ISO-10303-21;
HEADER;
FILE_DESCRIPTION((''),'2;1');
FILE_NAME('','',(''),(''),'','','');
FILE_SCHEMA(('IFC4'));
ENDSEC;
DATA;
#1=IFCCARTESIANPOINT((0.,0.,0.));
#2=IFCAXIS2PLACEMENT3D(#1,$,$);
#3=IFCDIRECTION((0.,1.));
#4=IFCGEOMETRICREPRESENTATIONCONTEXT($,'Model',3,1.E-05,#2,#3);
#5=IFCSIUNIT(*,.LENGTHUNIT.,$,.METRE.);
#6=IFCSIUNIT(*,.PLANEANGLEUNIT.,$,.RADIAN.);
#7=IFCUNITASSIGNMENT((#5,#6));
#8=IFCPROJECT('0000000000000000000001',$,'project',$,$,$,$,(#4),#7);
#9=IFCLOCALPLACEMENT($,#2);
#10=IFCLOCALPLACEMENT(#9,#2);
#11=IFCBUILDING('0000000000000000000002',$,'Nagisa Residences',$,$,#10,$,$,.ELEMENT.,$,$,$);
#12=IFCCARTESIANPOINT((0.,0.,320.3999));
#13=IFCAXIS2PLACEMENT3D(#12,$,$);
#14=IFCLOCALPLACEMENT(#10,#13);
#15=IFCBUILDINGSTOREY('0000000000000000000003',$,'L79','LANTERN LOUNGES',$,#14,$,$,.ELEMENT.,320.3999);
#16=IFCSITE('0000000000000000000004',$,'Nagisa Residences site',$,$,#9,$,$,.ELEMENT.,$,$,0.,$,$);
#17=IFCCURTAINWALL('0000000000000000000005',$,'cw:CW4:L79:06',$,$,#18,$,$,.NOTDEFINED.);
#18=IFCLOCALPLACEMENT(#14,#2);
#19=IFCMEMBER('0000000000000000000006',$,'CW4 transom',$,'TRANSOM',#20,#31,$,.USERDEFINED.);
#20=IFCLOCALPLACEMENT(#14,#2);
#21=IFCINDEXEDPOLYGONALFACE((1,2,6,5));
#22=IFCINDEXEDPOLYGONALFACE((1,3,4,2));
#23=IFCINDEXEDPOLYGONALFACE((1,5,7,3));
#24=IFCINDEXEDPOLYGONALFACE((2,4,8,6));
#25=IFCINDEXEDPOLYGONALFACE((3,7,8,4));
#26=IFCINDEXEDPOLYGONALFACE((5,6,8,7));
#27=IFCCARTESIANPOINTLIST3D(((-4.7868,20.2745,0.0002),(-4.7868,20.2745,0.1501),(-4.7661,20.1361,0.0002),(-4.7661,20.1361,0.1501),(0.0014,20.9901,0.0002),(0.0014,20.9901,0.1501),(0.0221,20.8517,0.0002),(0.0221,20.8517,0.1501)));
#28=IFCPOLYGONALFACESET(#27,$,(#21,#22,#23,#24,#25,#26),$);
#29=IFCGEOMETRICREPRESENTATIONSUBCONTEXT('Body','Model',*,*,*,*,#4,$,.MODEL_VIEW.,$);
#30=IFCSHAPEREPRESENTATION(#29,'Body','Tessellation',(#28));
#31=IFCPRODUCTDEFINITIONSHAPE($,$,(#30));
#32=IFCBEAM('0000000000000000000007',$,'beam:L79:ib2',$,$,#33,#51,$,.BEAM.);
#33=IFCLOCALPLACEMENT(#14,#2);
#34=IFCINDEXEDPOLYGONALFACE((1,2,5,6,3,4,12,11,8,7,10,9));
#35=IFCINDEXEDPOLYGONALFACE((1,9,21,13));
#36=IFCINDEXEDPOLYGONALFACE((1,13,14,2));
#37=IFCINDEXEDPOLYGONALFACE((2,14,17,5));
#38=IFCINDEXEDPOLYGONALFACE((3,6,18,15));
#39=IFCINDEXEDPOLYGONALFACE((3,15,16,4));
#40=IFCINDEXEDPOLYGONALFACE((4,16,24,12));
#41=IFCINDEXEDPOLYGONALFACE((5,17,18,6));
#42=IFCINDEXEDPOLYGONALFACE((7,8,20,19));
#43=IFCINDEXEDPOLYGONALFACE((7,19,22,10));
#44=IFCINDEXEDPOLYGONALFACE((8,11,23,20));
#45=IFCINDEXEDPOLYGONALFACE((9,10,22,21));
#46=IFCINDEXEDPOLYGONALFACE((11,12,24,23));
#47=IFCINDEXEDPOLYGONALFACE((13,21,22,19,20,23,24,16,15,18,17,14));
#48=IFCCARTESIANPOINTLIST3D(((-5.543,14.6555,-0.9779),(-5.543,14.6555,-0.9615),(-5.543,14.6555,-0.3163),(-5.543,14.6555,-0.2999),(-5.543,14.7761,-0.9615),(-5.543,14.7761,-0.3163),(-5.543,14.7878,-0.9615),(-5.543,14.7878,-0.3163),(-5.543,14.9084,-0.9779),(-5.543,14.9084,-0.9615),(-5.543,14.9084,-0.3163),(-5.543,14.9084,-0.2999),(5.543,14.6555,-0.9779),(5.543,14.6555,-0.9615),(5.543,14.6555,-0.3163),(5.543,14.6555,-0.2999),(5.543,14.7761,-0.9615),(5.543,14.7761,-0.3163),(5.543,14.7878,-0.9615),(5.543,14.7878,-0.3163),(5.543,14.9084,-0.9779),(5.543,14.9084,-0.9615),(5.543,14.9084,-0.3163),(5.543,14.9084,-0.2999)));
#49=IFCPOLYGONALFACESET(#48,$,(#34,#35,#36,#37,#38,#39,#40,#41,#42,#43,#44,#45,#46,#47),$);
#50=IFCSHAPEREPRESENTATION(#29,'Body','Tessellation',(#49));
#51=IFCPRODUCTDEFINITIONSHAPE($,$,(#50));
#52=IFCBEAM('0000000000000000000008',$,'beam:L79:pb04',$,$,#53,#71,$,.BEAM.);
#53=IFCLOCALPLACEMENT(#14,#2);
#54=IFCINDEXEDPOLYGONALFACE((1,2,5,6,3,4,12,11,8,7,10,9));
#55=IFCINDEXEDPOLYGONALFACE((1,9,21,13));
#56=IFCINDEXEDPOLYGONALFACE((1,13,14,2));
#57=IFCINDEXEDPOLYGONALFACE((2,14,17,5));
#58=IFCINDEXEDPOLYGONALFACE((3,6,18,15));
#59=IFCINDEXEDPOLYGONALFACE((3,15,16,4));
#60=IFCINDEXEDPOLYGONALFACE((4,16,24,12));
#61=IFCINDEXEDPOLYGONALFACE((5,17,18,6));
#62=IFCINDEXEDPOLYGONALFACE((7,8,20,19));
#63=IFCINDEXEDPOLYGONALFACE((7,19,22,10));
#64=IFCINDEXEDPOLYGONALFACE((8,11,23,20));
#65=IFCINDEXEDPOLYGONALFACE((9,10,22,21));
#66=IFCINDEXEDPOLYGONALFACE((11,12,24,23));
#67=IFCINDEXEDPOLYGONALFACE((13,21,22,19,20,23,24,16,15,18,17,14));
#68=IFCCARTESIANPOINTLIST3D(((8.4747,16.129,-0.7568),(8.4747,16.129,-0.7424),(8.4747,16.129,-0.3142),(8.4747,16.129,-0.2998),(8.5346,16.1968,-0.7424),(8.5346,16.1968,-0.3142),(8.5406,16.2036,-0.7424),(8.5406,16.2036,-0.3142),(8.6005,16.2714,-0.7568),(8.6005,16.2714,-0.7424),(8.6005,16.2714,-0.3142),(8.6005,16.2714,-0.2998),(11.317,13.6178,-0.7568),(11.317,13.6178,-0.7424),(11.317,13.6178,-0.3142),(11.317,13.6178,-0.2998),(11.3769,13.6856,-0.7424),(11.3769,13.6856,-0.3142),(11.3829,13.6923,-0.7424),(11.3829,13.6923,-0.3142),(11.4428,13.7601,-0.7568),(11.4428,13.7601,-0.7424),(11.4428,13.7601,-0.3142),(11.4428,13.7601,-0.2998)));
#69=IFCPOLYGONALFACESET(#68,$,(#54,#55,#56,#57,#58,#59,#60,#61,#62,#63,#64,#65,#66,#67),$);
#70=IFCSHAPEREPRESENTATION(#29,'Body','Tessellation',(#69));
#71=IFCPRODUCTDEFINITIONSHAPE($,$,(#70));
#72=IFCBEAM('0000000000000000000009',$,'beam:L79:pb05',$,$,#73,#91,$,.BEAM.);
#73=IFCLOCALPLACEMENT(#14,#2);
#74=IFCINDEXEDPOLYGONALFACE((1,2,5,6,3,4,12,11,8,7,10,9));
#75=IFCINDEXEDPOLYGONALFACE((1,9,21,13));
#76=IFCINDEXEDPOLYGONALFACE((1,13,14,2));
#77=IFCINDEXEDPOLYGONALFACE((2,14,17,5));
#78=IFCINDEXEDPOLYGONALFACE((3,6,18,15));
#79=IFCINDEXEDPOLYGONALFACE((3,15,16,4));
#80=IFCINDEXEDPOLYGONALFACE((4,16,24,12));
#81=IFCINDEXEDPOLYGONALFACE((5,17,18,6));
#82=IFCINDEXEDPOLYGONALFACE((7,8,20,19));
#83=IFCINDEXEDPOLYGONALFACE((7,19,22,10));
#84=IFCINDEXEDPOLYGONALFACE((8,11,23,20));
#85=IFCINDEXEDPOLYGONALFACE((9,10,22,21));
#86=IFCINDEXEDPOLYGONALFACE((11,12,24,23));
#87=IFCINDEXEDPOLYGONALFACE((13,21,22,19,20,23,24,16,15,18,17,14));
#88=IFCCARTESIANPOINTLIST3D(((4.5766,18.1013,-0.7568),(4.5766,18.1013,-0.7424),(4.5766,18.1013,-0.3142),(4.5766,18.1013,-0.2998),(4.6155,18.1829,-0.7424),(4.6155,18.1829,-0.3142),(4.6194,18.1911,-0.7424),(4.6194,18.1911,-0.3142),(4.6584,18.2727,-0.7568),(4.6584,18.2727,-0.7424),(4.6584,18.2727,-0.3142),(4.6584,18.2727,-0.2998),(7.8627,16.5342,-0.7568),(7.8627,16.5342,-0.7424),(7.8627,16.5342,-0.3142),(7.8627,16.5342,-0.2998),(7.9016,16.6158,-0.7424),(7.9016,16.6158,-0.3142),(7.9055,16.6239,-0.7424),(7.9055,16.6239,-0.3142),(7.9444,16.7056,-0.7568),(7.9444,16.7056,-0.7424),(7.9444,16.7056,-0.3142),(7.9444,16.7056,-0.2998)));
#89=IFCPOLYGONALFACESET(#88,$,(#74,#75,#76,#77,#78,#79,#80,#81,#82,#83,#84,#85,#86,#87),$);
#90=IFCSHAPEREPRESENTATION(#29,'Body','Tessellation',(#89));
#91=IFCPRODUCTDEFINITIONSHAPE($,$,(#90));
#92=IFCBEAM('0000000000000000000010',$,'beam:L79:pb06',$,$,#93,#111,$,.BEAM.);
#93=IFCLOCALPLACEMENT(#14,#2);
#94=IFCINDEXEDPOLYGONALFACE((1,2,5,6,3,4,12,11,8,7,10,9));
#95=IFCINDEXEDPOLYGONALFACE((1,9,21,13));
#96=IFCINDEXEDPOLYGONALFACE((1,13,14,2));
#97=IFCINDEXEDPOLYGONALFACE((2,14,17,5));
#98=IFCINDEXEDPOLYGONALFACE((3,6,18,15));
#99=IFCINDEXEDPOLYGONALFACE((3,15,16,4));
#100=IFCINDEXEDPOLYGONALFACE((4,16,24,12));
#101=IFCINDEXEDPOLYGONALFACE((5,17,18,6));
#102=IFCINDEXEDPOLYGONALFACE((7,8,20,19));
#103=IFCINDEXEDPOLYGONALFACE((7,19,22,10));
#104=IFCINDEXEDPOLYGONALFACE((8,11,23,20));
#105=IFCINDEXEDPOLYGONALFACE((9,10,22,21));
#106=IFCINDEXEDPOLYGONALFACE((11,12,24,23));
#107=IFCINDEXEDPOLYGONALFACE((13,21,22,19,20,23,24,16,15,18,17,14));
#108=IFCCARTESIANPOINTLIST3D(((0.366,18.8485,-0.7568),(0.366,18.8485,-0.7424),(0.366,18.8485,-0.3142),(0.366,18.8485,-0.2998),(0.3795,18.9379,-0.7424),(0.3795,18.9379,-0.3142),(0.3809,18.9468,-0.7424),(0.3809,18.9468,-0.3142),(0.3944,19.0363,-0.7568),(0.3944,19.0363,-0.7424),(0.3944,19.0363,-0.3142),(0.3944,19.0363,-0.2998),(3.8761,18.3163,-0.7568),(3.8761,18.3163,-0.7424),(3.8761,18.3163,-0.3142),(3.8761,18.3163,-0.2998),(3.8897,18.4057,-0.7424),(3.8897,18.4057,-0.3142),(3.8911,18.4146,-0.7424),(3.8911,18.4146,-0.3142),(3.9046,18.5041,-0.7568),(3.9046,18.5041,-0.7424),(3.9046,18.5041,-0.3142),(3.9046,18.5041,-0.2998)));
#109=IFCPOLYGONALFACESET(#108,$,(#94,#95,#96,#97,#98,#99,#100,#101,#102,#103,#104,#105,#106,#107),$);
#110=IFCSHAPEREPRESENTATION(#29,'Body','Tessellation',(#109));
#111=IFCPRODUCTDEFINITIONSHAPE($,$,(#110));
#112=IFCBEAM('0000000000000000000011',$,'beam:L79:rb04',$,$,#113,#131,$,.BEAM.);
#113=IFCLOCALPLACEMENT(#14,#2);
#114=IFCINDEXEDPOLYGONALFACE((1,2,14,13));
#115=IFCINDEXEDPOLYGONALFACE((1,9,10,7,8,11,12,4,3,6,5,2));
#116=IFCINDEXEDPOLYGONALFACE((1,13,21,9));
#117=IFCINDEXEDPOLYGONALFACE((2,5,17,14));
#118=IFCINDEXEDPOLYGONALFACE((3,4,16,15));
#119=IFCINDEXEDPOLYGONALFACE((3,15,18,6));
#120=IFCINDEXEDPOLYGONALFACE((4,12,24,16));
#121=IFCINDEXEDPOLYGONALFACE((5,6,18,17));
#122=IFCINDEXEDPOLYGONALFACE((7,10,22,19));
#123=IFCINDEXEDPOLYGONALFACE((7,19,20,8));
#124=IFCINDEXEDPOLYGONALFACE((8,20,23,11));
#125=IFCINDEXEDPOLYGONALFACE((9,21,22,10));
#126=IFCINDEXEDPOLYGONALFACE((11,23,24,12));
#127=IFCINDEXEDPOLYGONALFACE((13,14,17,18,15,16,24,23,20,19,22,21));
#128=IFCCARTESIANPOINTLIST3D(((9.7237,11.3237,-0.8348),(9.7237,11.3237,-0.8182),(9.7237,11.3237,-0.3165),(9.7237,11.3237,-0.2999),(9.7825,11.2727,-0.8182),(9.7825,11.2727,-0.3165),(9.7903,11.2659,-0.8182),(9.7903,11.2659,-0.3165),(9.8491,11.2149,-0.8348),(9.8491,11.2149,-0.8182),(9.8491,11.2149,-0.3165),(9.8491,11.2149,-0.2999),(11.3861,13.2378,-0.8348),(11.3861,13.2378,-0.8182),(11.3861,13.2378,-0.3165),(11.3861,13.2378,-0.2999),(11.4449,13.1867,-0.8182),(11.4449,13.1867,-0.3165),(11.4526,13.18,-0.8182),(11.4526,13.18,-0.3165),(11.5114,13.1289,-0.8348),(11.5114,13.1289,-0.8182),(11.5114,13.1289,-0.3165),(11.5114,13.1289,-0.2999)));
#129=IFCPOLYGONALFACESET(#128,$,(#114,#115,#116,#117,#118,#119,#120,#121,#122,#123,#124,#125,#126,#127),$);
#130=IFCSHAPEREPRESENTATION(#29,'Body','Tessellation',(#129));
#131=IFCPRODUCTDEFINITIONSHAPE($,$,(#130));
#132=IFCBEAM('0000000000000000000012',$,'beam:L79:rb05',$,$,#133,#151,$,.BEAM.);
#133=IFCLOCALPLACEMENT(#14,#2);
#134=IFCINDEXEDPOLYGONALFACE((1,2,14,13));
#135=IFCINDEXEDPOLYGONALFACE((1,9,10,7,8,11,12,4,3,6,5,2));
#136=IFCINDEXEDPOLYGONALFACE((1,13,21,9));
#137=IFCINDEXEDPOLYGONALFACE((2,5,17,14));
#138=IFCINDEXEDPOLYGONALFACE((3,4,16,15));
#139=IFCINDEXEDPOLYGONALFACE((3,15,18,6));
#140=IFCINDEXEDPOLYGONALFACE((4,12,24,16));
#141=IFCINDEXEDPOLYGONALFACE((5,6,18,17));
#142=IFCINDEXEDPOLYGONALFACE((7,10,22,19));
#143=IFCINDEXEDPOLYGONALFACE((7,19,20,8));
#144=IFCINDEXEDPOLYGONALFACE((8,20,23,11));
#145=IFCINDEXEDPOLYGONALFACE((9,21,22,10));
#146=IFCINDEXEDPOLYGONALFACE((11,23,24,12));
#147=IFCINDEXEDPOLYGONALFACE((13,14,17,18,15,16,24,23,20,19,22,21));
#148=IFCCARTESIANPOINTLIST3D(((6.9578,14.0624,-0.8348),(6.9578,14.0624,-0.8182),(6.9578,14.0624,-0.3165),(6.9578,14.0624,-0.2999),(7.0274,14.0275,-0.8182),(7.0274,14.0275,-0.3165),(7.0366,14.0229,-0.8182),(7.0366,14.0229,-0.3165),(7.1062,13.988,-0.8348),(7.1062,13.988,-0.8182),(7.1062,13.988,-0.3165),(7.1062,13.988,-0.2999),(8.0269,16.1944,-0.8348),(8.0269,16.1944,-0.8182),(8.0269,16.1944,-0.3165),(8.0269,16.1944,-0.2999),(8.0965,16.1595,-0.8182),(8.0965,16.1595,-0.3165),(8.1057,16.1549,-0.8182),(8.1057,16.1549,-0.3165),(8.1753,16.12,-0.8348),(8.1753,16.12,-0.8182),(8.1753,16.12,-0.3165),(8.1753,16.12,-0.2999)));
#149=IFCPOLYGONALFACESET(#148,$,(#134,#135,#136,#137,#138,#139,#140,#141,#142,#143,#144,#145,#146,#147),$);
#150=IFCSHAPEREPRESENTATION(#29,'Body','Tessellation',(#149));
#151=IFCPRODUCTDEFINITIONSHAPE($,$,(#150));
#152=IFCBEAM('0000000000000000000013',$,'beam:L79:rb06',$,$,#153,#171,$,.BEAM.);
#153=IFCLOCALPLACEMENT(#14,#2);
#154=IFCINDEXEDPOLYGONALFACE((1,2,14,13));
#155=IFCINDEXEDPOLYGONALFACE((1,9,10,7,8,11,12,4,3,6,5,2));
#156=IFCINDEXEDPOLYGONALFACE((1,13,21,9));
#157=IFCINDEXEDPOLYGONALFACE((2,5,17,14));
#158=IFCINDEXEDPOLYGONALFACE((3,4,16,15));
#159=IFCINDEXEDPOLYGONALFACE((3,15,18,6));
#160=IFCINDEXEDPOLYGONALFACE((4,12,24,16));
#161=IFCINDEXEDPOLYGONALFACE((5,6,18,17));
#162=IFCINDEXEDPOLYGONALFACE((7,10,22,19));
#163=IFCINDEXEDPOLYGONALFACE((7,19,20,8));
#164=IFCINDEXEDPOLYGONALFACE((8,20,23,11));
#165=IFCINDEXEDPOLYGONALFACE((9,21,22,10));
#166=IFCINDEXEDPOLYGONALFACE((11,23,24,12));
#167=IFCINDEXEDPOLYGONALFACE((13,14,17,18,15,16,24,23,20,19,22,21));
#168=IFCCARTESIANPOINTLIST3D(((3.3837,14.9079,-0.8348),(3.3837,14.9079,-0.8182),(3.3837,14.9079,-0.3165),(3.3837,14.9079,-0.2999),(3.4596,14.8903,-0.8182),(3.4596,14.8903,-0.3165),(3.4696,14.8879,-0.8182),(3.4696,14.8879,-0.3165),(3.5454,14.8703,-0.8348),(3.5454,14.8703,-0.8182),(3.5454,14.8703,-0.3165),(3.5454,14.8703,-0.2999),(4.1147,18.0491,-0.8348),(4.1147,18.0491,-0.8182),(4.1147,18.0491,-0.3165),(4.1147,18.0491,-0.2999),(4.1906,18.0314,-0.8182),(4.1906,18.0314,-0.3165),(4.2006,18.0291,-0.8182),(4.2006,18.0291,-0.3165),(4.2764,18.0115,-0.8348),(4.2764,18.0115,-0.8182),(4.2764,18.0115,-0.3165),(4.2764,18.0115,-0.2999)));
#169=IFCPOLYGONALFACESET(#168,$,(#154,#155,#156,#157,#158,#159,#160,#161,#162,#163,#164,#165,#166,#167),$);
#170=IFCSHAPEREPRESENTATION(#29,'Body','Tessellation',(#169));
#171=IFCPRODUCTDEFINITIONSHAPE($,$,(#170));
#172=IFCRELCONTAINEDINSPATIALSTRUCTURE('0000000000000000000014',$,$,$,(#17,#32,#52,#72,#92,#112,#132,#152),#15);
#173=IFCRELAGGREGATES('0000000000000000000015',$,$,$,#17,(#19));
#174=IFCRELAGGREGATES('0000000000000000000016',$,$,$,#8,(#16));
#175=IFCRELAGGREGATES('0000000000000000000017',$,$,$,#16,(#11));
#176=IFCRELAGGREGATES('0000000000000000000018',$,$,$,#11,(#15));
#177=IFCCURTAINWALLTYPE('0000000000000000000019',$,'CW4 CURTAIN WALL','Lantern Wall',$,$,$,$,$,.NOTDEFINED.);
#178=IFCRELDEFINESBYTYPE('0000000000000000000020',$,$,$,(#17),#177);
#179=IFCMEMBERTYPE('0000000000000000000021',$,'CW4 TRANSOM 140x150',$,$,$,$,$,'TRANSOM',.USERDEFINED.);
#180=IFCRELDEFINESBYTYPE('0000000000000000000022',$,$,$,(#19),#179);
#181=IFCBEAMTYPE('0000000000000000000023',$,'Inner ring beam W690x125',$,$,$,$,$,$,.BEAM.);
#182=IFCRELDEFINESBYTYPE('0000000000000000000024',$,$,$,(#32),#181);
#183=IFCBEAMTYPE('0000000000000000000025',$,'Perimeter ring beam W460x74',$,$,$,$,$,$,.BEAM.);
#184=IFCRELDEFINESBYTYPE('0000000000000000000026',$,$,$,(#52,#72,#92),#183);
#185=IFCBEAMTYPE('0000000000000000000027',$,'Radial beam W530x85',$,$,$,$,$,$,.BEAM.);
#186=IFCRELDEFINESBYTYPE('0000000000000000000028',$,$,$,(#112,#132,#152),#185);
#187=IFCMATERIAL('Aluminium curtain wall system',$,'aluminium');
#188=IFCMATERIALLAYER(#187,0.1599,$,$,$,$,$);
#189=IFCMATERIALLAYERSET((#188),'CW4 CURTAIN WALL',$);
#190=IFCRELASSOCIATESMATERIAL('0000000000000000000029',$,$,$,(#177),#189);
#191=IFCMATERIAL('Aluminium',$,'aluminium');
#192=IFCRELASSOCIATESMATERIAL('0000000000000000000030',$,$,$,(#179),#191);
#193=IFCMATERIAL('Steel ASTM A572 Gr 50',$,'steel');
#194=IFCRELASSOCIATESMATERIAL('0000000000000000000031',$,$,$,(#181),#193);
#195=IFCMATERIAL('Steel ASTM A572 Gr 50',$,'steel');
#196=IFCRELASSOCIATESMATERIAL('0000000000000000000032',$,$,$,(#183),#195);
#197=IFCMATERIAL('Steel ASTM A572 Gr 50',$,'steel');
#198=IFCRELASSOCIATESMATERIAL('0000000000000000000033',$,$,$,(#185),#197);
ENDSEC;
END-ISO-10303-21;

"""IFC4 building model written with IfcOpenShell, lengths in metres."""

from ifc_helpers import new_model, si_unit, direction, frame, origin, origin_2d, place, context, subcontext, project, spatial, rectangle, i_section, extrude, material, layer, layer_set, material_profile, profile_set, type_object, element, aggregate, save


model = new_model("IFC4")

# Units and contexts
model_context = context("Model", 3, precision=1e-05, world=origin(), true_north=direction((0.0, 1.0)))
body_context = subcontext(model_context, "Body", "Model", "MODEL_VIEW")
ifc_project = project(units=[si_unit("LENGTHUNIT", "METRE"), si_unit("PLANEANGLEUNIT", "RADIAN")], contexts=[model_context])

# Site, building, storey
site_placement = place(None, origin())
site = spatial("IfcSite", under=ifc_project, at=site_placement, Name="Nagisa Residences site", CompositionType="ELEMENT", RefElevation=0.0)
building_placement = place(site_placement, origin())
building = spatial("IfcBuilding", under=site, at=building_placement, Name="Nagisa Residences", CompositionType="ELEMENT")
storey_placement = place(building_placement, frame((0.0, 0.0, 320.3999)))
storey = spatial("IfcBuildingStorey", under=building, at=storey_placement, Name="L79", Description="LANTERN LOUNGES", CompositionType="ELEMENT", Elevation=320.3999)

# Shared definitions
ifc_material_1 = material(Name="Aluminium curtain wall system", Category="aluminium")
ifc_layer_1 = layer(ifc_material_1, 0.1599)
ifc_layer_set_1 = layer_set([ifc_layer_1], Name="CW4 CURTAIN WALL")
curtain_wall_type = type_object("IfcCurtainWallType", Name="CW4 CURTAIN WALL", Description="Lantern Wall", PredefinedType="NOTDEFINED", material=ifc_layer_set_1)

# Shared definitions
ifc_material_2 = material(Name="Aluminium", Category="aluminium")
ifc_material_profile_1 = material_profile(ifc_material_2, rectangle(XDim=0.1399, YDim=0.1499, at=origin_2d()), Name="CW4 TRANSOM 140x150")
ifc_profile_set_1 = profile_set([ifc_material_profile_1], Name="Aluminium")
member_type_1 = type_object("IfcMemberType", Name="CW4 TRANSOM 140x150", ElementType="TRANSOM", PredefinedType="USERDEFINED", material=ifc_profile_set_1)

# Curtain wall, member
curtain_wall_1_placement = place(storey_placement, origin())
curtain_wall_1 = element("IfcCurtainWall", 1, at=curtain_wall_1_placement, inside=storey, type_object=curtain_wall_type, Name="cw:CW4:L79:06", PredefinedType="NOTDEFINED")
member_1_placement = place(storey_placement, frame((0.0117, 20.9209, 0.0752), z_axis=(-0.989016, -0.147808, 0.0), x_axis=(0.147808, -0.989016, 0.0)))
member_1 = element("IfcMember", 2, at=member_1_placement, type_object=member_type_1, Name="CW4 transom", ObjectType="TRANSOM", PredefinedType="USERDEFINED", context=body_context, shape_type="SweptSolid", body=[
    extrude(rectangle(XDim=0.1399, YDim=0.1499, at=origin_2d()), origin(), (0.0, 0.0, 1.0), 4.8413),
])
aggregate(curtain_wall_1, [member_1])

# Beams
ifc_material_3 = material(Name="Steel ASTM A572 Gr 50", Category="steel")
ifc_material_profile_2 = material_profile(ifc_material_3, i_section(OverallWidth=0.2529, OverallDepth=0.678, WebThickness=0.0117, FlangeThickness=0.0164, at=origin_2d()), Name="W690x125")
ifc_profile_set_2 = profile_set([ifc_material_profile_2], Name="Steel ASTM A572 Gr 50")
beam_type_1 = type_object("IfcBeamType", Name="Inner ring beam W690x125", PredefinedType="BEAM", material=ifc_profile_set_2)
beam_1_placement = place(storey_placement, frame((5.543, 14.782, -0.6389), z_axis=(-1.0, 0.0, 0.0), x_axis=(0.0, -1.0, 0.0)))
element("IfcBeam", 3, at=beam_1_placement, inside=storey, type_object=beam_type_1, Name="beam:L79:ib2", PredefinedType="BEAM", context=body_context, shape_type="SweptSolid", body=[
    extrude(i_section(OverallWidth=0.2529, OverallDepth=0.678, WebThickness=0.0117, FlangeThickness=0.0164, at=origin_2d()), origin(), (0.0, 0.0, 1.0), 11.0859),
])
ifc_material_4 = material(Name="Steel ASTM A572 Gr 50", Category="steel")
ifc_material_profile_3 = material_profile(ifc_material_4, i_section(OverallWidth=0.1899, OverallDepth=0.457, WebThickness=0.009, FlangeThickness=0.0144, at=origin_2d()), Name="W460x74")
ifc_profile_set_3 = profile_set([ifc_material_profile_3], Name="Steel ASTM A572 Gr 50")
beam_type_2 = type_object("IfcBeamType", Name="Perimeter ring beam W460x74", PredefinedType="BEAM", material=ifc_profile_set_3)
beam_2_placement = place(storey_placement, frame((11.3799, 13.689, -0.5283), z_axis=(-0.749402, 0.662115, 0.0), x_axis=(-0.662115, -0.749402, 0.0)))
element("IfcBeam", 4, at=beam_2_placement, inside=storey, type_object=beam_type_2, Name="beam:L79:pb04", PredefinedType="BEAM", context=body_context, shape_type="SweptSolid", body=[
    extrude(i_section(OverallWidth=0.1899, OverallDepth=0.457, WebThickness=0.009, FlangeThickness=0.0144, at=origin_2d()), origin(), (0.0, 0.0, 1.0), 3.7927),
])
beam_3_placement = place(storey_placement, frame((7.9036, 16.6199, -0.5283), z_axis=(-0.902614, 0.430452, 0.0), x_axis=(-0.430452, -0.902614, 0.0)))
element("IfcBeam", 5, at=beam_3_placement, inside=storey, type_object=beam_type_2, Name="beam:L79:pb05", PredefinedType="BEAM", context=body_context, shape_type="SweptSolid", body=[
    extrude(i_section(OverallWidth=0.1899, OverallDepth=0.457, WebThickness=0.009, FlangeThickness=0.0144, at=origin_2d()), origin(), (0.0, 0.0, 1.0), 3.6406),
])
beam_4_placement = place(storey_placement, frame((3.8904, 18.4102, -0.5283), z_axis=(-0.9887, 0.149907, 0.0), x_axis=(-0.149907, -0.9887, 0.0)))
element("IfcBeam", 6, at=beam_4_placement, inside=storey, type_object=beam_type_2, Name="beam:L79:pb06", PredefinedType="BEAM", context=body_context, shape_type="SweptSolid", body=[
    extrude(i_section(OverallWidth=0.1899, OverallDepth=0.457, WebThickness=0.009, FlangeThickness=0.0144, at=origin_2d()), origin(), (0.0, 0.0, 1.0), 3.5503),
])
ifc_material_5 = material(Name="Steel ASTM A572 Gr 50", Category="steel")
ifc_material_profile_4 = material_profile(ifc_material_5, i_section(OverallWidth=0.166, OverallDepth=0.5349, WebThickness=0.0103, FlangeThickness=0.0166, at=origin_2d()), Name="W530x85")
ifc_profile_set_4 = profile_set([ifc_material_profile_4], Name="Steel ASTM A572 Gr 50")
beam_type_3 = type_object("IfcBeamType", Name="Radial beam W530x85", PredefinedType="BEAM", material=ifc_profile_set_4)
beam_5_placement = place(storey_placement, frame((11.4487, 13.1833, -0.5674), z_axis=(-0.655718, -0.755006, 0.0), x_axis=(0.755006, -0.655718, 0.0)))
element("IfcBeam", 7, at=beam_5_placement, inside=storey, type_object=beam_type_3, Name="beam:L79:rb04", PredefinedType="BEAM", context=body_context, shape_type="SweptSolid", body=[
    extrude(i_section(OverallWidth=0.166, OverallDepth=0.5349, WebThickness=0.0103, FlangeThickness=0.0166, at=origin_2d()), origin(), (0.0, 0.0, 1.0), 2.5352),
])
beam_6_placement = place(storey_placement, frame((8.1011, 16.1572, -0.5674), z_axis=(-0.448237, -0.893915, 0.0), x_axis=(0.893915, -0.448237, 0.0)))
element("IfcBeam", 8, at=beam_6_placement, inside=storey, type_object=beam_type_3, Name="beam:L79:rb05", PredefinedType="BEAM", context=body_context, shape_type="SweptSolid", body=[
    extrude(i_section(OverallWidth=0.166, OverallDepth=0.5349, WebThickness=0.0103, FlangeThickness=0.0166, at=origin_2d()), origin(), (0.0, 0.0, 1.0), 2.385),
])
beam_7_placement = place(storey_placement, frame((4.1956, 18.0303, -0.5674), z_axis=(-0.22665, -0.973976, 0.0), x_axis=(0.973976, -0.22665, 0.0)))
element("IfcBeam", 9, at=beam_7_placement, inside=storey, type_object=beam_type_3, Name="beam:L79:rb06", PredefinedType="BEAM", context=body_context, shape_type="SweptSolid", body=[
    extrude(i_section(OverallWidth=0.166, OverallDepth=0.5349, WebThickness=0.0103, FlangeThickness=0.0166, at=origin_2d()), origin(), (0.0, 0.0, 1.0), 3.2251),
])

save(model, "model.ifc")
